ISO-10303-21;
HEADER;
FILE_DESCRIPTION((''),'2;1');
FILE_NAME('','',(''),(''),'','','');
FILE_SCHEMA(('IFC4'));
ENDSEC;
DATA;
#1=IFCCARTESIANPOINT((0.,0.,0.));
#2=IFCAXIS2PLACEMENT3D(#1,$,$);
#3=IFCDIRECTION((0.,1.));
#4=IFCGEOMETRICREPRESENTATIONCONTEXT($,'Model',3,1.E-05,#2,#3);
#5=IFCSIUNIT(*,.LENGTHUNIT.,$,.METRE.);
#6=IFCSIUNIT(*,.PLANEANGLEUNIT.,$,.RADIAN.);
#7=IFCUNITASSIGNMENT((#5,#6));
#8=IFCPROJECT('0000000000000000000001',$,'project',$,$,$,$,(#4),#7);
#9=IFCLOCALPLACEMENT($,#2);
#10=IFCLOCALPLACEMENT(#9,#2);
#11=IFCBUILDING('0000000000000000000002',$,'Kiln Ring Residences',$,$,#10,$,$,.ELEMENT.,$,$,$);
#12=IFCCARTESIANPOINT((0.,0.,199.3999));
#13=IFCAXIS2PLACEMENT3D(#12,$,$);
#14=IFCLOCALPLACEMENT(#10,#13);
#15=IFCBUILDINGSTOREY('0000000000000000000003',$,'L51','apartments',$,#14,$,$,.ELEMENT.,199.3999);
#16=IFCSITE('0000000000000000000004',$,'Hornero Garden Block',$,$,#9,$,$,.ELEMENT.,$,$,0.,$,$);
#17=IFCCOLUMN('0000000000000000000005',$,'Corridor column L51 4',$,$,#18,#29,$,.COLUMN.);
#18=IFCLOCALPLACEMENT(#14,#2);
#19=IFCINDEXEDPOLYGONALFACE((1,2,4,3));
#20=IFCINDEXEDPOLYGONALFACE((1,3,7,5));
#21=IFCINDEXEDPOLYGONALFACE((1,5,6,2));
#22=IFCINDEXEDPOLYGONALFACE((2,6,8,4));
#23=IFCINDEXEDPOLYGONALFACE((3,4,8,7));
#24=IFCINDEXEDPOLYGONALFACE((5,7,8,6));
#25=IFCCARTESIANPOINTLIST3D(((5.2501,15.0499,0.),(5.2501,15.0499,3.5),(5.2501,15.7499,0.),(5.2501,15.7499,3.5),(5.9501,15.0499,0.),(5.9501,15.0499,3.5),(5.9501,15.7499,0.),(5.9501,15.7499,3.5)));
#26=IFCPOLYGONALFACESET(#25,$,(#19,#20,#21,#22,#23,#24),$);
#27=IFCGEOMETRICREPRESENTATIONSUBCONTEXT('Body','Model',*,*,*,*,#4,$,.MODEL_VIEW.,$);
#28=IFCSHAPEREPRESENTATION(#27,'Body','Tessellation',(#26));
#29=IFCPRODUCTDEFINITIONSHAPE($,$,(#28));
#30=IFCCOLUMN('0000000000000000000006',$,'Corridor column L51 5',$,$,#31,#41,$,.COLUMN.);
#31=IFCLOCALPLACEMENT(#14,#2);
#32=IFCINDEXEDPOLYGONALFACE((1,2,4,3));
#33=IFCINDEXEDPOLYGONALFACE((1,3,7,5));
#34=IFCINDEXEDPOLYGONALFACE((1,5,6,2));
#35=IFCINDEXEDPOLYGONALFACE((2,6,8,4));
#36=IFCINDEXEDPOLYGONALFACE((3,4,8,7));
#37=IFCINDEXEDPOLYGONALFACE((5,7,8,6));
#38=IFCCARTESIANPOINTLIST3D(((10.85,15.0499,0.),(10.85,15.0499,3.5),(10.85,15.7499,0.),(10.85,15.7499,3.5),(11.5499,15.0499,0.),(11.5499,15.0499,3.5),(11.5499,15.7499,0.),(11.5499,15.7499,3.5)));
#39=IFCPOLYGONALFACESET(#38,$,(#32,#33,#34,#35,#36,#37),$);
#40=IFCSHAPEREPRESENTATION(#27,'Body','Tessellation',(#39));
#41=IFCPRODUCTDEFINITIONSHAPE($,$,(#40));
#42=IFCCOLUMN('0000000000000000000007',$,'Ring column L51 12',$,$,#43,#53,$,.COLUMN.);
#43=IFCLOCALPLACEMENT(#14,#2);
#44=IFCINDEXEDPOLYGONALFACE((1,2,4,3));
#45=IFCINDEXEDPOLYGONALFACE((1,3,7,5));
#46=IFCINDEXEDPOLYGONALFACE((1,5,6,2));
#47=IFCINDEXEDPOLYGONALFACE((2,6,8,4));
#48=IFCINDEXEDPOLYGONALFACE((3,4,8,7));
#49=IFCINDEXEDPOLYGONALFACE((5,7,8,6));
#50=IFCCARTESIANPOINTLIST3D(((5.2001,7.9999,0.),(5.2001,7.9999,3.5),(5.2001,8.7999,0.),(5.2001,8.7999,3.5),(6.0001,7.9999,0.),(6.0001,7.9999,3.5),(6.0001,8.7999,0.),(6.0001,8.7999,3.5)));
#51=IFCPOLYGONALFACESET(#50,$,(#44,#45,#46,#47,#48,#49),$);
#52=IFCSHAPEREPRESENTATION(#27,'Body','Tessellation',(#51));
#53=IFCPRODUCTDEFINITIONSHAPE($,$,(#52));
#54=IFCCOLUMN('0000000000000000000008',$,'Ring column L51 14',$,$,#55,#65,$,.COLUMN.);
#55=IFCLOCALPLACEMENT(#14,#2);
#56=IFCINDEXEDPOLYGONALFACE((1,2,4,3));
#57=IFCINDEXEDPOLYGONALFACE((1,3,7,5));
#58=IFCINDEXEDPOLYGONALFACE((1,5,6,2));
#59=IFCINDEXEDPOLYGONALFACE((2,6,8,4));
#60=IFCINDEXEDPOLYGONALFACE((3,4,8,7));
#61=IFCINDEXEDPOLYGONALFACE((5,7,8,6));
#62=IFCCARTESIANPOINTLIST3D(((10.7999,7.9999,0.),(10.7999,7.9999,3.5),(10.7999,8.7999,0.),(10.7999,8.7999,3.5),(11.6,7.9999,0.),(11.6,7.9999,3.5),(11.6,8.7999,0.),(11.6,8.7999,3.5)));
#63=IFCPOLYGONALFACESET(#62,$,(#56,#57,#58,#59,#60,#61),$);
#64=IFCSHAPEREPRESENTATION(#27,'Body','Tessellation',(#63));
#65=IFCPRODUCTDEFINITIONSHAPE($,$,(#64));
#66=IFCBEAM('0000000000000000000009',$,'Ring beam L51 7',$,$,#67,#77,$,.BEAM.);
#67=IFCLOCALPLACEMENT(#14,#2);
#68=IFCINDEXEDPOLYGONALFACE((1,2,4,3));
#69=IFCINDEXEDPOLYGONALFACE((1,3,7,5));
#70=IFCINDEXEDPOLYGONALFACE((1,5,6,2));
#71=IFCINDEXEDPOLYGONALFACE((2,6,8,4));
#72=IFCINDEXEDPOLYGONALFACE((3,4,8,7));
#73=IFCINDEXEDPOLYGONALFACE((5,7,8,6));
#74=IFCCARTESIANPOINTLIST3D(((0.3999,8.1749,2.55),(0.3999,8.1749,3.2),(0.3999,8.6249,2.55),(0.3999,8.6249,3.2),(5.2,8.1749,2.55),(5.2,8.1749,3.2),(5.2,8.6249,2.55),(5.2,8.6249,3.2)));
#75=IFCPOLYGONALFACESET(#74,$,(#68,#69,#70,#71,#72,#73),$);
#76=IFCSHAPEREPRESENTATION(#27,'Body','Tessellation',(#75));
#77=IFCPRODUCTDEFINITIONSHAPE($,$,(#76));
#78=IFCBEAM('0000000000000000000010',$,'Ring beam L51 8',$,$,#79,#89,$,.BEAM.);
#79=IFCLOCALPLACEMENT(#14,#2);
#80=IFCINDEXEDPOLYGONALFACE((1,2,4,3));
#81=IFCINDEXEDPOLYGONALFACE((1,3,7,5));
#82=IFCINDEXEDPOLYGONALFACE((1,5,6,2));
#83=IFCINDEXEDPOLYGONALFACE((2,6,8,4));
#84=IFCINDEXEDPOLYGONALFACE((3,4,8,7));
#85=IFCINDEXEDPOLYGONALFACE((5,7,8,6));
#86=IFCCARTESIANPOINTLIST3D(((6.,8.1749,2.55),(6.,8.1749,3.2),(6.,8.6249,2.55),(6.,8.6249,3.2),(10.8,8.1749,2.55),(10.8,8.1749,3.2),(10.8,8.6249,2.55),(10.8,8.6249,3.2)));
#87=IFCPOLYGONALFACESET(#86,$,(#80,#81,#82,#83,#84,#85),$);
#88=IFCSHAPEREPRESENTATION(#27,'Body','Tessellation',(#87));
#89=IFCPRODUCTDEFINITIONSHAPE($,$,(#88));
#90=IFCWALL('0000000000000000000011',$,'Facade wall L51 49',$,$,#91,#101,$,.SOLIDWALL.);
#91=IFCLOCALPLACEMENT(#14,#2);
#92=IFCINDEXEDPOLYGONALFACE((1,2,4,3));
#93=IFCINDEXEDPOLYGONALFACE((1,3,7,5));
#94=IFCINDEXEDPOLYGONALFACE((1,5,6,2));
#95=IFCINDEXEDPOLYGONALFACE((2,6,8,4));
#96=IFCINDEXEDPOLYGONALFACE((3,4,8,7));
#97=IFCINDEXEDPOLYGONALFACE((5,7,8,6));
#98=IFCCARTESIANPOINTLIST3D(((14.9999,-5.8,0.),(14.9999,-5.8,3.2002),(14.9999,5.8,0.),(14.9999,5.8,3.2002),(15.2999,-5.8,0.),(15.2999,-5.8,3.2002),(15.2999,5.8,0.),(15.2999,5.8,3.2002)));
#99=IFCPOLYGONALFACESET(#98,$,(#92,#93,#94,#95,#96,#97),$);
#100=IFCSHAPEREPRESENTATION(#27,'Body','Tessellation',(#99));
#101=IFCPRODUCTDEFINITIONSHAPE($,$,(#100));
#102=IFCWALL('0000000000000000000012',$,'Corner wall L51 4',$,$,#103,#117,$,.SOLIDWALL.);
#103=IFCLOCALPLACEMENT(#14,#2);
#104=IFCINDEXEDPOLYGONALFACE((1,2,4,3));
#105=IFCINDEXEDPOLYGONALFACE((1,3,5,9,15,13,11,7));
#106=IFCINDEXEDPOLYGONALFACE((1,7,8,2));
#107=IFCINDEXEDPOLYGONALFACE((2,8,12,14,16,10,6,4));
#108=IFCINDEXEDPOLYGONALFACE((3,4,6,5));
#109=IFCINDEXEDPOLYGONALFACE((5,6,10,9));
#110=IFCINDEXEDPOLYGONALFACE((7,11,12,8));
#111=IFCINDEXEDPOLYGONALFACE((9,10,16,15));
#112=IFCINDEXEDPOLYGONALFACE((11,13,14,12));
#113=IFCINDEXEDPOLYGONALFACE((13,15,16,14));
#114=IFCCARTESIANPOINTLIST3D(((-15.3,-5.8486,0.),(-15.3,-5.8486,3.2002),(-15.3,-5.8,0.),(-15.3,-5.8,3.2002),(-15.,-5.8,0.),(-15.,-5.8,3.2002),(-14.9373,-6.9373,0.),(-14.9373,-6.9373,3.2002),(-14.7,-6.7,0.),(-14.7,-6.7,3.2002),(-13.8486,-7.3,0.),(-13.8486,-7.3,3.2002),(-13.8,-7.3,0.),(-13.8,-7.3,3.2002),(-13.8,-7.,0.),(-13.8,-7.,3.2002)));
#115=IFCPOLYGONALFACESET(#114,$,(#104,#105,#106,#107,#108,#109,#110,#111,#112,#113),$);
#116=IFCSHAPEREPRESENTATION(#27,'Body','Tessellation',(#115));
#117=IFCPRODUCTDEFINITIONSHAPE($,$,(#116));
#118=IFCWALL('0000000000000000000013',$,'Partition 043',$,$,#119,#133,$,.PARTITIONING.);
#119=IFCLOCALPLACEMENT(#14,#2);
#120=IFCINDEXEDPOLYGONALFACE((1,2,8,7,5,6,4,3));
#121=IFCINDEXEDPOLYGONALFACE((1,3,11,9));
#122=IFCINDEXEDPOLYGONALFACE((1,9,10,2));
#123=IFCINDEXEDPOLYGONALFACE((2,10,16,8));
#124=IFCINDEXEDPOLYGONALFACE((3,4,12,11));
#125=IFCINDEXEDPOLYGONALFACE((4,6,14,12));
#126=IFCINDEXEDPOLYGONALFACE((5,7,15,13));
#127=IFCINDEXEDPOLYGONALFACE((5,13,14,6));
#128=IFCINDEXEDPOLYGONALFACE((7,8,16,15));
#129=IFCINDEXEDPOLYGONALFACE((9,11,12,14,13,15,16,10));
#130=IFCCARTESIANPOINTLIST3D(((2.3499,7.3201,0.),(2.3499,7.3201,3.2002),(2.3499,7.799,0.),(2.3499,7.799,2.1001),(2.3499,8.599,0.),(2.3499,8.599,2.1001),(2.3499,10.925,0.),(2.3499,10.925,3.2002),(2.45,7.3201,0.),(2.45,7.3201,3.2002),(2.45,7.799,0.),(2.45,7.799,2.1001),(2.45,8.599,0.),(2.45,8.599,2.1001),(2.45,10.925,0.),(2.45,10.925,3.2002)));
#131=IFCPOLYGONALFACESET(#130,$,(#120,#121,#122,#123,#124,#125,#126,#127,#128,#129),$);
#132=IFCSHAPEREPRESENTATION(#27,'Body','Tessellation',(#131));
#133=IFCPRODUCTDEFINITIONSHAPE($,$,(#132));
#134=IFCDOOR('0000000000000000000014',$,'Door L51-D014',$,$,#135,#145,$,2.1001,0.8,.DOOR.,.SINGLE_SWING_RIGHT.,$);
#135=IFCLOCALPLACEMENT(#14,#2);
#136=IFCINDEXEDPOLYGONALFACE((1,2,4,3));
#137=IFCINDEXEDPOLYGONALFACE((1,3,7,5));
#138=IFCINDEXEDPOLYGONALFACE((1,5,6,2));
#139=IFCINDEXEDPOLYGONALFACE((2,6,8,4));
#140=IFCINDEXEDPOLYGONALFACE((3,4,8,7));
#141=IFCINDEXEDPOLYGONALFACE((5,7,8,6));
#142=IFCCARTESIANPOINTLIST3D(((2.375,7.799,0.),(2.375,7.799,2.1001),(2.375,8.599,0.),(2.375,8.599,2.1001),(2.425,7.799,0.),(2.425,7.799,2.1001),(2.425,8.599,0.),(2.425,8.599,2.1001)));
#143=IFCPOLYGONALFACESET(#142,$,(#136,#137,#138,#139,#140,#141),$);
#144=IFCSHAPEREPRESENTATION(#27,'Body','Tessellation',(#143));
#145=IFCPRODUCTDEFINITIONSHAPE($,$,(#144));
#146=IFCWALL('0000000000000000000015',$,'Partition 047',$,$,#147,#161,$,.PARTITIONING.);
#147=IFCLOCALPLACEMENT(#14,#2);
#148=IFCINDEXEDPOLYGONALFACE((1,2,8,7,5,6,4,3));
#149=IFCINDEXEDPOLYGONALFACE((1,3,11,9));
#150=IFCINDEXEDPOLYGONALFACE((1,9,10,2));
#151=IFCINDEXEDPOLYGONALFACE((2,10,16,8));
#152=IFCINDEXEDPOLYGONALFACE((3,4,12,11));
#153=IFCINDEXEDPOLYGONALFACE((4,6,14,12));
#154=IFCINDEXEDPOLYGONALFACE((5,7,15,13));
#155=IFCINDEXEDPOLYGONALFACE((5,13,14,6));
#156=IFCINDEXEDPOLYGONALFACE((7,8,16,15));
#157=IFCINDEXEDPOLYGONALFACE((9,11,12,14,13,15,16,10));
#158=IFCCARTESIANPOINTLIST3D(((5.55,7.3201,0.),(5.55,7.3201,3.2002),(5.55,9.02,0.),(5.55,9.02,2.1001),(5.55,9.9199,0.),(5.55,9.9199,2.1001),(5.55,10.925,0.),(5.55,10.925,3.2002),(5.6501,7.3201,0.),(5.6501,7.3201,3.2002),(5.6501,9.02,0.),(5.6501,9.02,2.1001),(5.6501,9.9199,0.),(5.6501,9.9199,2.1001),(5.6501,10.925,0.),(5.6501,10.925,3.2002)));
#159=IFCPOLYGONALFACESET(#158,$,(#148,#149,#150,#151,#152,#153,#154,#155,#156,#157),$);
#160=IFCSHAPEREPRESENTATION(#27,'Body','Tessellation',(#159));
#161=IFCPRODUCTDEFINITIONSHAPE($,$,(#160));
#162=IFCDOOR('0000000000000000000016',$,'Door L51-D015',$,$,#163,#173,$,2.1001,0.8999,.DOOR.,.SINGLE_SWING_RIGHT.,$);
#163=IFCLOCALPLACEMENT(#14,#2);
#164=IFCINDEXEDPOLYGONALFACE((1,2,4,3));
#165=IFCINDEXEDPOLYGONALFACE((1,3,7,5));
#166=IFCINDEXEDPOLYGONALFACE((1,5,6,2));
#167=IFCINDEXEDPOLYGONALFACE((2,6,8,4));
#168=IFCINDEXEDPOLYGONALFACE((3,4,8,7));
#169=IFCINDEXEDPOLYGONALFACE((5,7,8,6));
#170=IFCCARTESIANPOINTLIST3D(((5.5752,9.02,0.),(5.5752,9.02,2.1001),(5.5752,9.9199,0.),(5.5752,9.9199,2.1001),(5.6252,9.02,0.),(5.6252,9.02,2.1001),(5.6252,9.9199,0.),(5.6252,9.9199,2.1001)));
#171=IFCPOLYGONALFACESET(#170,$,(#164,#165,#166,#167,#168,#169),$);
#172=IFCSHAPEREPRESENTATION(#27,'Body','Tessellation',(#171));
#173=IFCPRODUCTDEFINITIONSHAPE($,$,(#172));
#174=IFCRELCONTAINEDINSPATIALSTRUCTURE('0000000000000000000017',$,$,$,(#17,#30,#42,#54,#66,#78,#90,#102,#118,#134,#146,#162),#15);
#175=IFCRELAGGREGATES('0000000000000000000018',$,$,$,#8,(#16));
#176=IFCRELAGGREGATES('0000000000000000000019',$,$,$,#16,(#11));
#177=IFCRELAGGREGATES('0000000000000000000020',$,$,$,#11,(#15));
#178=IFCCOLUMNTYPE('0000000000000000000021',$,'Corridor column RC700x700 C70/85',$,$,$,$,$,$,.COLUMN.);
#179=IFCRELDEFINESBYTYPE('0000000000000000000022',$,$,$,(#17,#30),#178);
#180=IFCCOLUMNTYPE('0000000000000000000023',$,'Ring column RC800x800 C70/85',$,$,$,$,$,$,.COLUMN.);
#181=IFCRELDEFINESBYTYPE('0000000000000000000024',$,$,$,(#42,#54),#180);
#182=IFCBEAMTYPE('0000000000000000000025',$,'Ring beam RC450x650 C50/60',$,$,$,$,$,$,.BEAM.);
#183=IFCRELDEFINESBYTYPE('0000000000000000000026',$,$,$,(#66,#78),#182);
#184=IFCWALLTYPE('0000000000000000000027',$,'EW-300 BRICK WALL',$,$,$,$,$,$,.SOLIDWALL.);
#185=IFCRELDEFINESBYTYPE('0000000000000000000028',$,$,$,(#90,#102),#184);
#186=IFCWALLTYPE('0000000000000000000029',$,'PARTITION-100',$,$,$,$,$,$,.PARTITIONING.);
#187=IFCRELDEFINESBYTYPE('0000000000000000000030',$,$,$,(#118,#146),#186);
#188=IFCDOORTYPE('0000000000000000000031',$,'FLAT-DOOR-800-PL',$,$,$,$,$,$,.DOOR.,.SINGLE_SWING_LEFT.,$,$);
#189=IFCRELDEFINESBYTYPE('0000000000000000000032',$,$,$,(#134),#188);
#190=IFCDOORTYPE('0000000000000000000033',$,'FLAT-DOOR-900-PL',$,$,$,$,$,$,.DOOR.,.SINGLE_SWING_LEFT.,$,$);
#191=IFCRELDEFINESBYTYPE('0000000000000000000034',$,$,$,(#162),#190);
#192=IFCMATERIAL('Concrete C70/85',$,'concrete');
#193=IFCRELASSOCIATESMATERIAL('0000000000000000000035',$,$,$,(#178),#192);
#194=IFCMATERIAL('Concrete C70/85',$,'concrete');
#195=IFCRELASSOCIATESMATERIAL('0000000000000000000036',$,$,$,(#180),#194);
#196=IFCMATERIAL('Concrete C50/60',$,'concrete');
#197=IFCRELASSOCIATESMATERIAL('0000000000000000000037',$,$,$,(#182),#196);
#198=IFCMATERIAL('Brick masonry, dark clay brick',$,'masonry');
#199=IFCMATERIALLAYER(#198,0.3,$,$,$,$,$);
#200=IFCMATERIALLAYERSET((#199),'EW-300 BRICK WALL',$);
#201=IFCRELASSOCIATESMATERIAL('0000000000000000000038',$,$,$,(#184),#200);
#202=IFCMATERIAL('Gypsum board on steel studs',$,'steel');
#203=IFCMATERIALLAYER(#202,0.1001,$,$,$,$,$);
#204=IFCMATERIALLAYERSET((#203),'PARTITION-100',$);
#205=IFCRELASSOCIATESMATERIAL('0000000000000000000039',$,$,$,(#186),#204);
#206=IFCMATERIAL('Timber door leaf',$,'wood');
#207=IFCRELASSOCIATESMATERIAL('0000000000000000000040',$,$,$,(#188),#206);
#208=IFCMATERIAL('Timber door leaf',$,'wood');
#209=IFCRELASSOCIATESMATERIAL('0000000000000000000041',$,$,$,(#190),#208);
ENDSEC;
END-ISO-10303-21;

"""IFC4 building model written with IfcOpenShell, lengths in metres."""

from ifc_helpers import new_model, si_unit, direction, frame, frame_2d, origin, origin_2d, place, context, subcontext, project, spatial, polyline, rectangle, outline, extrude, material, layer, layer_set, material_profile, profile_set, type_object, element, fill, save


model = new_model("IFC4")

# Units and contexts
model_context = context("Model", 3, precision=1e-05, world=origin(), true_north=direction((0.0, 1.0)))
body_context = subcontext(model_context, "Body", "Model", "MODEL_VIEW")
ifc_project = project(units=[si_unit("LENGTHUNIT", "METRE"), si_unit("PLANEANGLEUNIT", "RADIAN")], contexts=[model_context])

# Site, building, storey
site_placement = place(None, origin())
site = spatial("IfcSite", under=ifc_project, at=site_placement, Name="Hornero Garden Block", CompositionType="ELEMENT", RefElevation=0.0)
building_placement = place(site_placement, origin())
building = spatial("IfcBuilding", under=site, at=building_placement, Name="Kiln Ring Residences", CompositionType="ELEMENT")
storey_placement = place(building_placement, frame((0.0, 0.0, 199.3999)))
storey = spatial("IfcBuildingStorey", under=building, at=storey_placement, Name="L51", Description="apartments", CompositionType="ELEMENT", Elevation=199.3999)

# Columns
ifc_material_1 = material(Name="Concrete C70/85", Category="concrete")
ifc_material_profile_1 = material_profile(ifc_material_1, rectangle(XDim=0.7, YDim=0.7, at=origin_2d()), Name="RC700x700")
ifc_profile_set_1 = profile_set([ifc_material_profile_1], Name="Concrete C70/85")
column_type_1 = type_object("IfcColumnType", Name="Corridor column RC700x700 C70/85", PredefinedType="COLUMN", material=ifc_profile_set_1)
for number, where, z_axis, x_axis, name in (
    (1, (5.6001, 15.3999, 0.0), (0.0, 0.0, 1.0), (1.0, 0.0, 0.0), "Corridor column L51 4"),
    (2, (11.2, 15.3999, 0.0), (0.0, 0.0, 1.0), (1.0, 0.0, 0.0), "Corridor column L51 5"),
):
    element("IfcColumn", number, at=place(storey_placement, frame(where, z_axis=z_axis, x_axis=x_axis)), inside=storey, type_object=column_type_1, Name=name, PredefinedType="COLUMN", context=body_context, shape_type="SweptSolid", body=[
        extrude(rectangle(XDim=0.7, YDim=0.7, at=origin_2d()), origin(), (0.0, 0.0, 1.0), 3.5),
    ])
ifc_material_2 = material(Name="Concrete C70/85", Category="concrete")
ifc_material_profile_2 = material_profile(ifc_material_2, rectangle(XDim=0.8, YDim=0.8, at=origin_2d()), Name="RC800x800")
ifc_profile_set_2 = profile_set([ifc_material_profile_2], Name="Concrete C70/85")
column_type_2 = type_object("IfcColumnType", Name="Ring column RC800x800 C70/85", PredefinedType="COLUMN", material=ifc_profile_set_2)
for number, where, z_axis, x_axis, name in (
    (3, (5.6001, 8.3999, 0.0), (0.0, 0.0, 1.0), (1.0, 0.0, 0.0), "Ring column L51 12"),
    (4, (11.2, 8.3999, 0.0), (0.0, 0.0, 1.0), (1.0, 0.0, 0.0), "Ring column L51 14"),
):
    element("IfcColumn", number, at=place(storey_placement, frame(where, z_axis=z_axis, x_axis=x_axis)), inside=storey, type_object=column_type_2, Name=name, PredefinedType="COLUMN", context=body_context, shape_type="SweptSolid", body=[
        extrude(rectangle(XDim=0.8, YDim=0.8, at=origin_2d()), origin(), (0.0, 0.0, 1.0), 3.5),
    ])

# Beams
ifc_material_3 = material(Name="Concrete C50/60", Category="concrete")
ifc_material_profile_3 = material_profile(ifc_material_3, rectangle(XDim=0.45, YDim=0.6499, at=origin_2d()), Name="RC450x650")
ifc_profile_set_3 = profile_set([ifc_material_profile_3], Name="Concrete C50/60")
beam_type = type_object("IfcBeamType", Name="Ring beam RC450x650 C50/60", PredefinedType="BEAM", material=ifc_profile_set_3)
for number, where, z_axis, x_axis, name in (
    (5, (0.3999, 8.3999, 2.875), (1.0, 0.0, 0.0), (0.0, 1.0, 0.0), "Ring beam L51 7"),
    (6, (6.0, 8.3999, 2.875), (1.0, 0.0, 0.0), (0.0, 1.0, 0.0), "Ring beam L51 8"),
):
    element("IfcBeam", number, at=place(storey_placement, frame(where, z_axis=z_axis, x_axis=x_axis)), inside=storey, type_object=beam_type, Name=name, PredefinedType="BEAM", context=body_context, shape_type="SweptSolid", body=[
        extrude(rectangle(XDim=0.45, YDim=0.6499, at=origin_2d()), origin(), (0.0, 0.0, 1.0), 4.8),
    ])

# Walls
ifc_material_4 = material(Name="Brick masonry, dark clay brick", Category="masonry")
ifc_layer_1 = layer(ifc_material_4, 0.3)
ifc_layer_set_1 = layer_set([ifc_layer_1], Name="EW-300 BRICK WALL")
wall_type_1 = type_object("IfcWallType", Name="EW-300 BRICK WALL", PredefinedType="SOLIDWALL", material=ifc_layer_set_1)
wall_1_placement = place(storey_placement, frame((15.1499, 5.8, 0.0), z_axis=(0.0, 0.0, 1.0), x_axis=(0.0, -1.0, 0.0)))
element("IfcWall", 7, at=wall_1_placement, inside=storey, type_object=wall_type_1, Name="Facade wall L51 49", PredefinedType="SOLIDWALL", context=body_context, shape_type="SweptSolid", body=[
    extrude(rectangle(XDim=11.6001, YDim=0.3, at=frame_2d((5.8, 0.0))), origin(), (0.0, 0.0, 1.0), 3.2002),
])
wall_2_placement = place(storey_placement, origin())
element("IfcWall", 8, at=wall_2_placement, inside=storey, type_object=wall_type_1, Name="Corner wall L51 4", PredefinedType="SOLIDWALL", context=body_context, shape_type="SweptSolid", body=[
    extrude(outline(polyline([(-14.9373, -6.9373), (-13.8486, -7.3), (-13.8, -7.3), (-13.8, -7.0), (-14.7, -6.7), (-15.0, -5.8), (-15.3, -5.8), (-15.3, -5.8486), (-14.9373, -6.9373)])), origin(), (0.0, 0.0, 1.0), 3.2002),
])

# Walls, openings, doors
ifc_material_5 = material(Name="Gypsum board on steel studs", Category="steel")
ifc_layer_2 = layer(ifc_material_5, 0.1001)
ifc_layer_set_2 = layer_set([ifc_layer_2], Name="PARTITION-100")
wall_type_2 = type_object("IfcWallType", Name="PARTITION-100", PredefinedType="PARTITIONING", material=ifc_layer_set_2)
wall_3_placement = place(storey_placement, frame((2.3999, 7.3201, 0.0), z_axis=(0.0, 0.0, 1.0), x_axis=(0.0, 1.0, 0.0)))
wall_3 = element("IfcWall", 9, at=wall_3_placement, inside=storey, type_object=wall_type_2, Name="Partition 043", PredefinedType="PARTITIONING", context=body_context, shape_type="SweptSolid", body=[
    extrude(rectangle(XDim=3.605, YDim=0.1001, at=frame_2d((1.8025, 0.0))), origin(), (0.0, 0.0, 1.0), 3.2002),
])
opening_1_placement = place(wall_3_placement, frame((0.479, 0.0, 0.0)))
opening_1 = element("IfcOpeningElement", 10, at=opening_1_placement, cuts=wall_3, PredefinedType="OPENING", context=body_context, shape_type="SweptSolid", body=[
    extrude(rectangle(XDim=0.8, YDim=2.1001, at=frame_2d((0.3999, 1.05))), frame((0.0, 0.0601, 0.0), z_axis=(0.0, -1.0, 0.0), x_axis=(1.0, 0.0, 0.0)), (0.0, 0.0, 1.0), 0.1201),
])
ifc_material_6 = material(Name="Timber door leaf", Category="wood")
door_type_1 = type_object("IfcDoorType", Name="FLAT-DOOR-800-PL", OperationType="SINGLE_SWING_LEFT", PredefinedType="DOOR", material=ifc_material_6)
door_1_placement = place(opening_1_placement, origin())
door_1 = element("IfcDoor", 11, at=door_1_placement, inside=storey, type_object=door_type_1, Name="Door L51-D014", OperationType="SINGLE_SWING_RIGHT", OverallHeight=2.1001, OverallWidth=0.8, PredefinedType="DOOR", context=body_context, shape_type="SweptSolid", body=[
    extrude(rectangle(XDim=0.8, YDim=2.1001, at=frame_2d((0.3999, 1.05))), frame((0.0, 0.0249, 0.0), z_axis=(0.0, -1.0, 0.0), x_axis=(1.0, 0.0, 0.0)), (0.0, 0.0, 1.0), 0.05),
])
fill(opening_1, door_1)
wall_4_placement = place(storey_placement, frame((5.6001, 7.3201, 0.0), z_axis=(0.0, 0.0, 1.0), x_axis=(0.0, 1.0, 0.0)))
wall_4 = element("IfcWall", 12, at=wall_4_placement, inside=storey, type_object=wall_type_2, Name="Partition 047", PredefinedType="PARTITIONING", context=body_context, shape_type="SweptSolid", body=[
    extrude(rectangle(XDim=3.605, YDim=0.1001, at=frame_2d((1.8025, 0.0))), origin(), (0.0, 0.0, 1.0), 3.2002),
])
opening_2_placement = place(wall_4_placement, frame((1.7, 0.0, 0.0)))
opening_2 = element("IfcOpeningElement", 13, at=opening_2_placement, cuts=wall_4, PredefinedType="OPENING", context=body_context, shape_type="SweptSolid", body=[
    extrude(rectangle(XDim=0.8999, YDim=2.1001, at=frame_2d((0.45, 1.05))), frame((0.0, 0.0601, 0.0), z_axis=(0.0, -1.0, 0.0), x_axis=(1.0, 0.0, 0.0)), (0.0, 0.0, 1.0), 0.1201),
])
ifc_material_7 = material(Name="Timber door leaf", Category="wood")
door_type_2 = type_object("IfcDoorType", Name="FLAT-DOOR-900-PL", OperationType="SINGLE_SWING_LEFT", PredefinedType="DOOR", material=ifc_material_7)
door_2_placement = place(opening_2_placement, origin())
door_2 = element("IfcDoor", 14, at=door_2_placement, inside=storey, type_object=door_type_2, Name="Door L51-D015", OperationType="SINGLE_SWING_RIGHT", OverallHeight=2.1001, OverallWidth=0.8999, PredefinedType="DOOR", context=body_context, shape_type="SweptSolid", body=[
    extrude(rectangle(XDim=0.8999, YDim=2.1001, at=frame_2d((0.45, 1.05))), frame((0.0, 0.0249, 0.0), z_axis=(0.0, -1.0, 0.0), x_axis=(1.0, 0.0, 0.0)), (0.0, 0.0, 1.0), 0.05),
])
fill(opening_2, door_2)

save(model, "model.ifc")
